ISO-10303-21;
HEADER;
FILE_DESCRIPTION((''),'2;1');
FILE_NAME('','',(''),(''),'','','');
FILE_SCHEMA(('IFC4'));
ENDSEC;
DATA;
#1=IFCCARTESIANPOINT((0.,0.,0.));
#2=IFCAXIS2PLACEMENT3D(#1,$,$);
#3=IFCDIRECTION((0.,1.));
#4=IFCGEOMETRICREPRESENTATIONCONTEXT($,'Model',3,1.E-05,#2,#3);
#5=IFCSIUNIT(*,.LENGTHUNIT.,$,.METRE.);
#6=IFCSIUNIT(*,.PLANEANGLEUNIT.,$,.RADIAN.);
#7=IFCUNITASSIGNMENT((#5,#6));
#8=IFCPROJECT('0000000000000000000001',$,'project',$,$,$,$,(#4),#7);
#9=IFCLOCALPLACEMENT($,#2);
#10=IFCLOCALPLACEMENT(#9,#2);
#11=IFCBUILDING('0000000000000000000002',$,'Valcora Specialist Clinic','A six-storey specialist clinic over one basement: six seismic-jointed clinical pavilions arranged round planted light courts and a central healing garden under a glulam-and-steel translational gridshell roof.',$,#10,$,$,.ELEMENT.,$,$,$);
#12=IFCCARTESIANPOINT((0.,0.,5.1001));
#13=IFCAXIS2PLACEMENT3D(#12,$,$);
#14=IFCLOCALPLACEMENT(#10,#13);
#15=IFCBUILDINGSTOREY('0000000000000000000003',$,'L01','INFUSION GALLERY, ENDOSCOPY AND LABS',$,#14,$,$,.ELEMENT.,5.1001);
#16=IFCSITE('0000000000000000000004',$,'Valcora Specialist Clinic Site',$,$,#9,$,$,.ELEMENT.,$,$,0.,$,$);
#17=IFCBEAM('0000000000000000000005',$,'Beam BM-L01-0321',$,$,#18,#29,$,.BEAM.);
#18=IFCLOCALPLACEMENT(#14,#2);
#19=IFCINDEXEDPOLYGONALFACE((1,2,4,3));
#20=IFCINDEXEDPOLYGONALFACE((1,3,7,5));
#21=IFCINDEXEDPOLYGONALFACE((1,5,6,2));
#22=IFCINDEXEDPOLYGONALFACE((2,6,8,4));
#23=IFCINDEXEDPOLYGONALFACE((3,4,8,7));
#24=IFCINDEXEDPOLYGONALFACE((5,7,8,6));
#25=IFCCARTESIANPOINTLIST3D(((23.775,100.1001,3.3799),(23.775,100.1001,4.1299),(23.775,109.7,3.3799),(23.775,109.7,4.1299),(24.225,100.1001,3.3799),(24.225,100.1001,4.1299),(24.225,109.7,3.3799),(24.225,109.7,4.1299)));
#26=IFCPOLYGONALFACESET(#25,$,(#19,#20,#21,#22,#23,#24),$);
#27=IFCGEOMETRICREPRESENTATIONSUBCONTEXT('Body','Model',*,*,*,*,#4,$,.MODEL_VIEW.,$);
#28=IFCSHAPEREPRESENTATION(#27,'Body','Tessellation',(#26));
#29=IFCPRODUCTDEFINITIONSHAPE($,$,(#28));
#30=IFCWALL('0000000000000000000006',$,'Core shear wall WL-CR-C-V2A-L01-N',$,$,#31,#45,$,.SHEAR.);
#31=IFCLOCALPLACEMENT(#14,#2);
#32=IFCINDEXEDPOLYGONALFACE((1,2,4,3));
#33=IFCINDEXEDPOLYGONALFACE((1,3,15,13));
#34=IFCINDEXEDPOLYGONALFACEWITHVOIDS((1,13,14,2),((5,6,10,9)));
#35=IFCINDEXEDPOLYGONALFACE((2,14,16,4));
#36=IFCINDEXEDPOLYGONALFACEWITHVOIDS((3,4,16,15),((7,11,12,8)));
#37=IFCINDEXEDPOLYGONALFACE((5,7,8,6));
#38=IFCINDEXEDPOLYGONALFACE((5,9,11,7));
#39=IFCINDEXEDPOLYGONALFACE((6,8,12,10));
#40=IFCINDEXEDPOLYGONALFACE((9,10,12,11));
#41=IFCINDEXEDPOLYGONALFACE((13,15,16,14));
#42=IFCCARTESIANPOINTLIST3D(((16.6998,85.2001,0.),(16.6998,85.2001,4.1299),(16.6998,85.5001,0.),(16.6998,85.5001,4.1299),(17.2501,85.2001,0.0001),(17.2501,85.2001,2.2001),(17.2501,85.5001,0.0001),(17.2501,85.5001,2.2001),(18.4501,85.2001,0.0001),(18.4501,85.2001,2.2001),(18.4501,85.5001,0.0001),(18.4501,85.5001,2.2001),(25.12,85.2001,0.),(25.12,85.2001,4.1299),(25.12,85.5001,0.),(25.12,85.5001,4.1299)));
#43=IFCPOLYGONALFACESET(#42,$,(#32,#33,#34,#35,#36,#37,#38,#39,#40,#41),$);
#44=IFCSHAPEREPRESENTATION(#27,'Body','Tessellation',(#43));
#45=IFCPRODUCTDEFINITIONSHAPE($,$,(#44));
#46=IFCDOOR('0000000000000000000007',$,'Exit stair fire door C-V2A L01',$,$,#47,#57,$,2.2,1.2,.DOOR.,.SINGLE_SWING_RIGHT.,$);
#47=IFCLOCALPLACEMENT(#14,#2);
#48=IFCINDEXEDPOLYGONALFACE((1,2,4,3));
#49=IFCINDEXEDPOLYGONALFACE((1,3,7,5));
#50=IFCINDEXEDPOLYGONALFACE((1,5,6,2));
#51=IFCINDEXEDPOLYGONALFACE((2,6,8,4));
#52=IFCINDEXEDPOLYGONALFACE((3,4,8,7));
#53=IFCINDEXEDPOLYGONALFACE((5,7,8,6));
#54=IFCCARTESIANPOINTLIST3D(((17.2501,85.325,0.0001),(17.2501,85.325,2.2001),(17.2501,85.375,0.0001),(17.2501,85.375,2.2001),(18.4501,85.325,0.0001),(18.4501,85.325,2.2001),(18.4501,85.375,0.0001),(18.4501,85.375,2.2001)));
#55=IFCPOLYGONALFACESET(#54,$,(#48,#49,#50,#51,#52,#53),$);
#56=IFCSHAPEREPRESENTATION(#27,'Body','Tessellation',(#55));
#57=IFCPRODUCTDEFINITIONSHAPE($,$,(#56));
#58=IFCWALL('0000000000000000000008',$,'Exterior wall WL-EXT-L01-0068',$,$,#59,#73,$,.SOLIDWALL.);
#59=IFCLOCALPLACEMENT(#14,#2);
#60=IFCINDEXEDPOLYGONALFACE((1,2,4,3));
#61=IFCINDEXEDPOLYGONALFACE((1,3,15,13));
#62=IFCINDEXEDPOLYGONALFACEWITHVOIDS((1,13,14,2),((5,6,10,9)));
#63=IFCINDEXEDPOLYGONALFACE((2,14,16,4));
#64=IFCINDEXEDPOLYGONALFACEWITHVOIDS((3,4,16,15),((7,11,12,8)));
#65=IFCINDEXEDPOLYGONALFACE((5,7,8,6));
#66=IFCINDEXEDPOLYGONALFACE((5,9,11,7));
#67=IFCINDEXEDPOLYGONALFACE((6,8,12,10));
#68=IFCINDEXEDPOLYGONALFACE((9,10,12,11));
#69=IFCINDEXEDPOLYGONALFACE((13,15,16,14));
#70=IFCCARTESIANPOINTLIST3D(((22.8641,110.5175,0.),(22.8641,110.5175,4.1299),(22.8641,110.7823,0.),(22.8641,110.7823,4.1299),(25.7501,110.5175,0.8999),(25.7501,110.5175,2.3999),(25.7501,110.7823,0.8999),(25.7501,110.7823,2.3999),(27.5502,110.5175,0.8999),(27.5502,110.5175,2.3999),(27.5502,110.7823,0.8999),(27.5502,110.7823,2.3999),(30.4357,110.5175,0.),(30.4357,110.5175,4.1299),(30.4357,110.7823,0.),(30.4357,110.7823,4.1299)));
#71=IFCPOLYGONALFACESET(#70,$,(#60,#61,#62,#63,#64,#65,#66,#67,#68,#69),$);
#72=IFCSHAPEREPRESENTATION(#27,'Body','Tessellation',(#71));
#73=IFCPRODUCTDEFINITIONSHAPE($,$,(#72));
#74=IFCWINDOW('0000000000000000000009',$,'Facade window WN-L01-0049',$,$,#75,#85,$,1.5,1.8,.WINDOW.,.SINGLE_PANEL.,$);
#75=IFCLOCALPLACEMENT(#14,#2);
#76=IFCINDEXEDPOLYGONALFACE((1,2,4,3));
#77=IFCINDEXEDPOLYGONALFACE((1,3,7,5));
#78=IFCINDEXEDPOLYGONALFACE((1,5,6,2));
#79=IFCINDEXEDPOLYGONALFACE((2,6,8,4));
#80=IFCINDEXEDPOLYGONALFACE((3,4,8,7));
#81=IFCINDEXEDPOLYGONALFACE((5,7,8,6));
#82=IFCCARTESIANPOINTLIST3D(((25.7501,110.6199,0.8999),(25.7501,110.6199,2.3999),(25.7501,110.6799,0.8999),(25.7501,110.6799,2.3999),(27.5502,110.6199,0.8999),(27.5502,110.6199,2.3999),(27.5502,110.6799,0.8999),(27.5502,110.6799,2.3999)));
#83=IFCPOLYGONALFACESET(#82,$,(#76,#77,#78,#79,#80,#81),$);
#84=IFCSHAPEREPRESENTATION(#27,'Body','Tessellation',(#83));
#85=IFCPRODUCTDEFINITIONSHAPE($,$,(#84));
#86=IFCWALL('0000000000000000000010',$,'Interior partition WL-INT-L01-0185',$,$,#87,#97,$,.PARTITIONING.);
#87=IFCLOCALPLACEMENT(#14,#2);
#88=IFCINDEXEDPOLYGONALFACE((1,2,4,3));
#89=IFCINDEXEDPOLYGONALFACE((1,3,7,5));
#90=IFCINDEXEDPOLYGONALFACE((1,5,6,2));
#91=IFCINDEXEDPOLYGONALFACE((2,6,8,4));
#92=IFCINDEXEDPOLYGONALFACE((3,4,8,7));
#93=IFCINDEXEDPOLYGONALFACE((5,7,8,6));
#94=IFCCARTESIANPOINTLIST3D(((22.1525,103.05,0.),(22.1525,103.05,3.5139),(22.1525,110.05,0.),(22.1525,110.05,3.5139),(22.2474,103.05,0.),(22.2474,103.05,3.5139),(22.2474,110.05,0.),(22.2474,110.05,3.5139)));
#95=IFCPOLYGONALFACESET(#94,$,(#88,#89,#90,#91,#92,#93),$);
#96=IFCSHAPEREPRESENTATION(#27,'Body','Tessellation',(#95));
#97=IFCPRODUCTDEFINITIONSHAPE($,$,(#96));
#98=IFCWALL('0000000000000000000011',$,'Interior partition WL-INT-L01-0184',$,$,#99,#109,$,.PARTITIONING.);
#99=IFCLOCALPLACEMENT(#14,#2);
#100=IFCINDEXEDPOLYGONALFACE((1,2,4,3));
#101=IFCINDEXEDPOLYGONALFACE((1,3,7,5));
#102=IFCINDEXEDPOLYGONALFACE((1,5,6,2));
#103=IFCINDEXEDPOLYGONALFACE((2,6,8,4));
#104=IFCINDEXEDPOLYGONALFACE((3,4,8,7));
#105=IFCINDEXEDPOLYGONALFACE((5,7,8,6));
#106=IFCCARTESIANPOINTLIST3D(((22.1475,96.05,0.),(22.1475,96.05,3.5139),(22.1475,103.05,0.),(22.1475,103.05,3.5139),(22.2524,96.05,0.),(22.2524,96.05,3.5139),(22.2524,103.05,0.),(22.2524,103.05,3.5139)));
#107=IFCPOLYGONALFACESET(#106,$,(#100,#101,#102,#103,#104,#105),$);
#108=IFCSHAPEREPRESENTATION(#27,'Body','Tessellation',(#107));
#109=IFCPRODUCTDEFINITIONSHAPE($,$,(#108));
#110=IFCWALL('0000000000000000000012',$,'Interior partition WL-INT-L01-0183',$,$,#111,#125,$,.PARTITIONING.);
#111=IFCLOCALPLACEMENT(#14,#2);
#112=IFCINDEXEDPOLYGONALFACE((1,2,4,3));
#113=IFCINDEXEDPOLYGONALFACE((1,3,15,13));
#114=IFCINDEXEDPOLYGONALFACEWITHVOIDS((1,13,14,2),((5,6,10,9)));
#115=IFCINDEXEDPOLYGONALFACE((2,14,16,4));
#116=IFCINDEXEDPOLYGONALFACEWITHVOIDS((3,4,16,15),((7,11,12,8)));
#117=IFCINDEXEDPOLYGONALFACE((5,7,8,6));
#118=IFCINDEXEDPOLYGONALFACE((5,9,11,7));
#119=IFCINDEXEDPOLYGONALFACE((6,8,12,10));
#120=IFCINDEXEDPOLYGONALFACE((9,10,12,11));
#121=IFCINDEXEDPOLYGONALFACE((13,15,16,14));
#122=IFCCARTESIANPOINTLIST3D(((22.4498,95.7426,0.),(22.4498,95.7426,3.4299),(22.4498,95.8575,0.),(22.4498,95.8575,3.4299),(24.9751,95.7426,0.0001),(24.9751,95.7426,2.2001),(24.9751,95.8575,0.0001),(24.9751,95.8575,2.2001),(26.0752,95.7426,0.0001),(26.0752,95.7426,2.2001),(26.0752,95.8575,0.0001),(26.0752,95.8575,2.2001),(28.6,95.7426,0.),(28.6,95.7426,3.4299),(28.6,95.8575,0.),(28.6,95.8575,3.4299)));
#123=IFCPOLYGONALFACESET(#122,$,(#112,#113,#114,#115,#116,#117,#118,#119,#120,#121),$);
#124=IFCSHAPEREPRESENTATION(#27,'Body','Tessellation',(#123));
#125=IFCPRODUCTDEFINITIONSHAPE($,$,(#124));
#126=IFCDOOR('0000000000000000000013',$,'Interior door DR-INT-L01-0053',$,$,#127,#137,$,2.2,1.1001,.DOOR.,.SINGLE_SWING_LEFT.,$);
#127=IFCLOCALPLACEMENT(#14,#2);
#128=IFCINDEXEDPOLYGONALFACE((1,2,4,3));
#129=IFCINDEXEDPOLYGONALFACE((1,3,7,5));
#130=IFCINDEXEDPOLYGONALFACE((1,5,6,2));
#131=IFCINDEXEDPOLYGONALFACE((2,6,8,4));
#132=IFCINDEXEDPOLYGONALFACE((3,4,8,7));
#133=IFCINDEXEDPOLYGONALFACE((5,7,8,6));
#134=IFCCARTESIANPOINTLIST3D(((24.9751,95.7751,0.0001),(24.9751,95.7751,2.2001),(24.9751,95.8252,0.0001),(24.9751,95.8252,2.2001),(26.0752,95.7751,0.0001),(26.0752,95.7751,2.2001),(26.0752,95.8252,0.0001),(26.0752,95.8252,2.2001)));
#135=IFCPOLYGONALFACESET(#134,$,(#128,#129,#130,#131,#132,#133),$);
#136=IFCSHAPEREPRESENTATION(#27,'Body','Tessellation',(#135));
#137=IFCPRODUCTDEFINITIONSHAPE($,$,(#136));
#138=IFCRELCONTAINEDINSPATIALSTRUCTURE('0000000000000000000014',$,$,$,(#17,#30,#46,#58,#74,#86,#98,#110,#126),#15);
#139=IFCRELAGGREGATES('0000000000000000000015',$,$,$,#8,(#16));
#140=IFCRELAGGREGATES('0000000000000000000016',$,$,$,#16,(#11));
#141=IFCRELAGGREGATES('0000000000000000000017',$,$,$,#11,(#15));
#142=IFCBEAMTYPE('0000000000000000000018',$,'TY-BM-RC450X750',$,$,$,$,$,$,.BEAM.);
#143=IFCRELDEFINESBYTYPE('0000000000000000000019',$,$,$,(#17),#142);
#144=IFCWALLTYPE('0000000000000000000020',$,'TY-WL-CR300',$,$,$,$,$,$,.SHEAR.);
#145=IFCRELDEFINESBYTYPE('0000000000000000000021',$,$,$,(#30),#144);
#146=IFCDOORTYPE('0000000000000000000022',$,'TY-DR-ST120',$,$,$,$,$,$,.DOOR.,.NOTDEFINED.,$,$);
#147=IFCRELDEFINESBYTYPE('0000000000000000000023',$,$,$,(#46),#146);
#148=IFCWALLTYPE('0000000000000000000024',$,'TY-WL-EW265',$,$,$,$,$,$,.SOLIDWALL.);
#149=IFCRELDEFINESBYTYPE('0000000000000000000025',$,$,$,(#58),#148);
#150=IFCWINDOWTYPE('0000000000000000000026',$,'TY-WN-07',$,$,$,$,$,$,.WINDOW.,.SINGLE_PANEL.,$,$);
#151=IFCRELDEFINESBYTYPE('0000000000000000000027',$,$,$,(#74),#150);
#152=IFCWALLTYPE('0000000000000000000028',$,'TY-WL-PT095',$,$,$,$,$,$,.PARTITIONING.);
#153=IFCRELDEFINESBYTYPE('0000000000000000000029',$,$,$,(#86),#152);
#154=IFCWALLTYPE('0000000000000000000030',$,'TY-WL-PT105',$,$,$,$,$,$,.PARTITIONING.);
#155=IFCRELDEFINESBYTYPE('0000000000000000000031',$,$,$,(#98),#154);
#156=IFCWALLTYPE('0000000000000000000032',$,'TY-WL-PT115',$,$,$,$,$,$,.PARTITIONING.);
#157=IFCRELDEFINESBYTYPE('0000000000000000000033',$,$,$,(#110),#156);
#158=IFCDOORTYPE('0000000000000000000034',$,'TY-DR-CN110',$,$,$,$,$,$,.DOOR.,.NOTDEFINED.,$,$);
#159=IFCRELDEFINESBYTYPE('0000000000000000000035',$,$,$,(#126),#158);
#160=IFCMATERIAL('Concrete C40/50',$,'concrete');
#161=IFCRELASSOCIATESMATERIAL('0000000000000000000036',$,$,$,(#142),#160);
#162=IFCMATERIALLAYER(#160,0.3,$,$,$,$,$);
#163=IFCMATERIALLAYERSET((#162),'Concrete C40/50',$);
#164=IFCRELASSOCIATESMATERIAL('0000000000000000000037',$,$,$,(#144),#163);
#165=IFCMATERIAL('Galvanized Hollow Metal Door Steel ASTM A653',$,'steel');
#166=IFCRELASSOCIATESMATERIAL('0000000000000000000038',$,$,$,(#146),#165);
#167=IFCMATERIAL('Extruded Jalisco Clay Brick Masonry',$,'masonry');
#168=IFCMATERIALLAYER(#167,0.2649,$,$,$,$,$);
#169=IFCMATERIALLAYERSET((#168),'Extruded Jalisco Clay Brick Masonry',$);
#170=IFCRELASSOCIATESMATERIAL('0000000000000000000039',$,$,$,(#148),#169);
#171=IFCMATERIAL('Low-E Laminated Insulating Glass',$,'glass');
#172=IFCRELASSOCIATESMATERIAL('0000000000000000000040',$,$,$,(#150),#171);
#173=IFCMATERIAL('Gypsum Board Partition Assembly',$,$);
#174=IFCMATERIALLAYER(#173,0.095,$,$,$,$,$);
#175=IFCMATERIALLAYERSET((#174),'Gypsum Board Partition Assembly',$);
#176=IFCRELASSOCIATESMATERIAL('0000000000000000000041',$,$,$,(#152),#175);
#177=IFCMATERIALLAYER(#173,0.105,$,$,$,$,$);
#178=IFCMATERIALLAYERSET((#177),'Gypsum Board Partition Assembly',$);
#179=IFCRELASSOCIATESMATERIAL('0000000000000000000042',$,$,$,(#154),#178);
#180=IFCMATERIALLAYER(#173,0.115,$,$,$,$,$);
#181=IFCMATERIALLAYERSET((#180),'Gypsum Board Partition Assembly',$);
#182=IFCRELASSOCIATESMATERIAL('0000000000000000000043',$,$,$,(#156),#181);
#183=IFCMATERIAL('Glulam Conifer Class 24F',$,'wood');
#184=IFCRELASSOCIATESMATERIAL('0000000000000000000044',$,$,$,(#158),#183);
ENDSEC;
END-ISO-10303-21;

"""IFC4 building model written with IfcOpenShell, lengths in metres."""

from ifc_helpers import new_model, si_unit, direction, frame, frame_2d, origin, origin_2d, place, context, subcontext, project, spatial, rectangle, extrude, material, layer, layer_set, material_profile, profile_set, type_object, element, fill, save


model = new_model("IFC4")

# Units and contexts
model_context = context("Model", 3, precision=1e-05, world=origin(), true_north=direction((0.0, 1.0)))
body_context = subcontext(model_context, "Body", "Model", "MODEL_VIEW")
ifc_project = project(units=[si_unit("LENGTHUNIT", "METRE"), si_unit("PLANEANGLEUNIT", "RADIAN")], contexts=[model_context])

# Site, building, storey
site_placement = place(None, origin())
site = spatial("IfcSite", under=ifc_project, at=site_placement, Name="Valcora Specialist Clinic Site", CompositionType="ELEMENT", RefElevation=0.0)
building_placement = place(site_placement, origin())
building = spatial("IfcBuilding", under=site, at=building_placement, Name="Valcora Specialist Clinic", Description="A six-storey specialist clinic over one basement: six seismic-jointed clinical pavilions arranged round planted light courts and a central healing garden under a glulam-and-steel translational gridshell roof.", CompositionType="ELEMENT")
storey_placement = place(building_placement, frame((0.0, 0.0, 5.1001)))
storey = spatial("IfcBuildingStorey", under=building, at=storey_placement, Name="L01", Description="INFUSION GALLERY, ENDOSCOPY AND LABS", CompositionType="ELEMENT", Elevation=5.1001)

# Shared definitions
ifc_material_1 = material(Name="Concrete C40/50", Category="concrete")

# Beam
ifc_material_profile_1 = material_profile(ifc_material_1, rectangle(XDim=0.45, YDim=0.75, at=origin_2d()), Name="RC-BM-450X750")
ifc_profile_set_1 = profile_set([ifc_material_profile_1], Name="Concrete C40/50")
beam_type_1 = type_object("IfcBeamType", Name="TY-BM-RC450X750", PredefinedType="BEAM", material=ifc_profile_set_1)
beam_1_placement = place(storey_placement, frame((24.0, 100.1001, 3.7549), z_axis=(0.0, 1.0, 0.0), x_axis=(-1.0, 0.0, 0.0)))
element("IfcBeam", 1, at=beam_1_placement, inside=storey, type_object=beam_type_1, Name="Beam BM-L01-0321", PredefinedType="BEAM", context=body_context, shape_type="SweptSolid", body=[
    extrude(rectangle(XDim=0.45, YDim=0.75, at=origin_2d()), origin(), (0.0, 0.0, 1.0), 9.5999),
])

# Wall, opening, door
ifc_layer_1 = layer(ifc_material_1, 0.3)
ifc_layer_set_1 = layer_set([ifc_layer_1], Name="Concrete C40/50")
wall_type_1 = type_object("IfcWallType", Name="TY-WL-CR300", PredefinedType="SHEAR", material=ifc_layer_set_1)
wall_1_placement = place(storey_placement, frame((16.7, 85.3501, 0.0), z_axis=(0.0, 0.0, 1.0), x_axis=(1.0, 0.0, 0.0)))
wall_1 = element("IfcWall", 2, at=wall_1_placement, inside=storey, type_object=wall_type_1, Name="Core shear wall WL-CR-C-V2A-L01-N", PredefinedType="SHEAR", context=body_context, shape_type="SweptSolid", body=[
    extrude(rectangle(XDim=8.4202, YDim=0.3, at=frame_2d((4.21, 0.0))), origin(), (0.0, 0.0, 1.0), 4.1299),
])
opening_1_placement = place(wall_1_placement, frame((0.55, 0.0, 0.0)))
opening_1 = element("IfcOpeningElement", 3, at=opening_1_placement, cuts=wall_1, PredefinedType="OPENING", context=body_context, shape_type="SweptSolid", body=[
    extrude(rectangle(XDim=1.2, YDim=2.2, at=frame_2d((0.6001, 1.1001))), frame((0.0, 0.1599, 0.0), z_axis=(0.0, -1.0, 0.0), x_axis=(1.0, 0.0, 0.0)), (0.0, 0.0, 1.0), 0.3201),
])
ifc_material_2 = material(Name="Galvanized Hollow Metal Door Steel ASTM A653", Category="steel")
door_type_1 = type_object("IfcDoorType", Name="TY-DR-ST120", OperationType="NOTDEFINED", PredefinedType="DOOR", material=ifc_material_2)
door_1_placement = place(opening_1_placement, origin())
door_1 = element("IfcDoor", 4, at=door_1_placement, inside=storey, type_object=door_type_1, Name="Exit stair fire door C-V2A L01", OperationType="SINGLE_SWING_RIGHT", OverallHeight=2.2, OverallWidth=1.2, PredefinedType="DOOR", context=body_context, shape_type="SweptSolid", body=[
    extrude(rectangle(XDim=1.2, YDim=2.2, at=frame_2d((0.6001, 1.1001))), frame((0.0, 0.0249, 0.0), z_axis=(0.0, -1.0, 0.0), x_axis=(1.0, 0.0, 0.0)), (0.0, 0.0, 1.0), 0.05),
])
fill(opening_1, door_1)

# Wall, opening, window
ifc_material_3 = material(Name="Extruded Jalisco Clay Brick Masonry", Category="masonry")
ifc_layer_2 = layer(ifc_material_3, 0.2649)
ifc_layer_set_2 = layer_set([ifc_layer_2], Name="Extruded Jalisco Clay Brick Masonry")
wall_type_2 = type_object("IfcWallType", Name="TY-WL-EW265", PredefinedType="SOLIDWALL", material=ifc_layer_set_2)
wall_2_placement = place(storey_placement, frame((22.8643, 110.6499, 0.0), z_axis=(0.0, 0.0, 1.0), x_axis=(1.0, 0.0, 0.0)))
wall_2 = element("IfcWall", 5, at=wall_2_placement, inside=storey, type_object=wall_type_2, Name="Exterior wall WL-EXT-L01-0068", PredefinedType="SOLIDWALL", context=body_context, shape_type="SweptSolid", body=[
    extrude(rectangle(XDim=7.5715, YDim=0.2649, at=frame_2d((3.7856, 0.0))), origin(), (0.0, 0.0, 1.0), 4.1299),
])
opening_2_placement = place(wall_2_placement, frame((2.886, 0.0, 0.8999)))
opening_2 = element("IfcOpeningElement", 6, at=opening_2_placement, cuts=wall_2, PredefinedType="OPENING", context=body_context, shape_type="SweptSolid", body=[
    extrude(rectangle(XDim=1.8, YDim=1.5, at=frame_2d((0.8999, 0.75))), frame((0.0, 0.1423, 0.0), z_axis=(0.0, -1.0, 0.0), x_axis=(1.0, 0.0, 0.0)), (0.0, 0.0, 1.0), 0.2849),
])
ifc_material_4 = material(Name="Low-E Laminated Insulating Glass", Category="glass")
window_type = type_object("IfcWindowType", Name="TY-WN-07", PartitioningType="SINGLE_PANEL", PredefinedType="WINDOW", material=ifc_material_4)
window_placement = place(opening_2_placement, origin())
window = element("IfcWindow", 7, at=window_placement, inside=storey, type_object=window_type, Name="Facade window WN-L01-0049", OverallHeight=1.5, OverallWidth=1.8, PartitioningType="SINGLE_PANEL", PredefinedType="WINDOW", context=body_context, shape_type="SweptSolid", body=[
    extrude(rectangle(XDim=1.8, YDim=1.5, at=frame_2d((0.8999, 0.75))), frame((0.0, 0.03, 0.0), z_axis=(0.0, -1.0, 0.0), x_axis=(1.0, 0.0, 0.0)), (0.0, 0.0, 1.0), 0.0601),
])
fill(opening_2, window)

# Walls
ifc_material_5 = material(Name="Gypsum Board Partition Assembly")
ifc_layer_3 = layer(ifc_material_5, 0.095)
ifc_layer_set_3 = layer_set([ifc_layer_3], Name="Gypsum Board Partition Assembly")
wall_type_3 = type_object("IfcWallType", Name="TY-WL-PT095", PredefinedType="PARTITIONING", material=ifc_layer_set_3)
wall_3_placement = place(storey_placement, frame((22.2, 103.05, 0.0), z_axis=(0.0, 0.0, 1.0), x_axis=(0.0, 1.0, 0.0)))
element("IfcWall", 8, at=wall_3_placement, inside=storey, type_object=wall_type_3, Name="Interior partition WL-INT-L01-0185", PredefinedType="PARTITIONING", context=body_context, shape_type="SweptSolid", body=[
    extrude(rectangle(XDim=7.0, YDim=0.095, at=frame_2d((3.5, 0.0))), origin(), (0.0, 0.0, 1.0), 3.5139),
])
ifc_layer_4 = layer(ifc_material_5, 0.105)
ifc_layer_set_4 = layer_set([ifc_layer_4], Name="Gypsum Board Partition Assembly")
wall_type_4 = type_object("IfcWallType", Name="TY-WL-PT105", PredefinedType="PARTITIONING", material=ifc_layer_set_4)
wall_4_placement = place(storey_placement, frame((22.2, 96.05, 0.0), z_axis=(0.0, 0.0, 1.0), x_axis=(0.0, 1.0, 0.0)))
element("IfcWall", 9, at=wall_4_placement, inside=storey, type_object=wall_type_4, Name="Interior partition WL-INT-L01-0184", PredefinedType="PARTITIONING", context=body_context, shape_type="SweptSolid", body=[
    extrude(rectangle(XDim=7.0, YDim=0.105, at=frame_2d((3.5, 0.0))), origin(), (0.0, 0.0, 1.0), 3.5139),
])

# Wall, opening, door
ifc_layer_5 = layer(ifc_material_5, 0.115)
ifc_layer_set_5 = layer_set([ifc_layer_5], Name="Gypsum Board Partition Assembly")
wall_type_5 = type_object("IfcWallType", Name="TY-WL-PT115", PredefinedType="PARTITIONING", material=ifc_layer_set_5)
wall_5_placement = place(storey_placement, frame((28.6001, 95.8, 0.0), z_axis=(0.0, 0.0, 1.0), x_axis=(-1.0, 0.0, 0.0)))
wall_5 = element("IfcWall", 10, at=wall_5_placement, inside=storey, type_object=wall_type_5, Name="Interior partition WL-INT-L01-0183", PredefinedType="PARTITIONING", context=body_context, shape_type="SweptSolid", body=[
    extrude(rectangle(XDim=6.1501, YDim=0.115, at=frame_2d((3.0752, 0.0))), origin(), (0.0, 0.0, 1.0), 3.4299),
])
opening_3_placement = place(wall_5_placement, frame((2.5249, 0.0, 0.0)))
opening_3 = element("IfcOpeningElement", 11, at=opening_3_placement, cuts=wall_5, PredefinedType="OPENING", context=body_context, shape_type="SweptSolid", body=[
    extrude(rectangle(XDim=1.1001, YDim=2.2, at=frame_2d((0.55, 1.1001))), frame((0.0, 0.0674, 0.0), z_axis=(0.0, -1.0, 0.0), x_axis=(1.0, 0.0, 0.0)), (0.0, 0.0, 1.0), 0.135),
])
ifc_material_6 = material(Name="Glulam Conifer Class 24F", Category="wood")
door_type_2 = type_object("IfcDoorType", Name="TY-DR-CN110", OperationType="NOTDEFINED", PredefinedType="DOOR", material=ifc_material_6)
door_2_placement = place(opening_3_placement, origin())
door_2 = element("IfcDoor", 12, at=door_2_placement, inside=storey, type_object=door_type_2, Name="Interior door DR-INT-L01-0053", OperationType="SINGLE_SWING_LEFT", OverallHeight=2.2, OverallWidth=1.1001, PredefinedType="DOOR", context=body_context, shape_type="SweptSolid", body=[
    extrude(rectangle(XDim=1.1001, YDim=2.2, at=frame_2d((0.55, 1.1001))), frame((0.0, 0.0249, 0.0), z_axis=(0.0, -1.0, 0.0), x_axis=(1.0, 0.0, 0.0)), (0.0, 0.0, 1.0), 0.05),
])
fill(opening_3, door_2)

save(model, "model.ifc")
